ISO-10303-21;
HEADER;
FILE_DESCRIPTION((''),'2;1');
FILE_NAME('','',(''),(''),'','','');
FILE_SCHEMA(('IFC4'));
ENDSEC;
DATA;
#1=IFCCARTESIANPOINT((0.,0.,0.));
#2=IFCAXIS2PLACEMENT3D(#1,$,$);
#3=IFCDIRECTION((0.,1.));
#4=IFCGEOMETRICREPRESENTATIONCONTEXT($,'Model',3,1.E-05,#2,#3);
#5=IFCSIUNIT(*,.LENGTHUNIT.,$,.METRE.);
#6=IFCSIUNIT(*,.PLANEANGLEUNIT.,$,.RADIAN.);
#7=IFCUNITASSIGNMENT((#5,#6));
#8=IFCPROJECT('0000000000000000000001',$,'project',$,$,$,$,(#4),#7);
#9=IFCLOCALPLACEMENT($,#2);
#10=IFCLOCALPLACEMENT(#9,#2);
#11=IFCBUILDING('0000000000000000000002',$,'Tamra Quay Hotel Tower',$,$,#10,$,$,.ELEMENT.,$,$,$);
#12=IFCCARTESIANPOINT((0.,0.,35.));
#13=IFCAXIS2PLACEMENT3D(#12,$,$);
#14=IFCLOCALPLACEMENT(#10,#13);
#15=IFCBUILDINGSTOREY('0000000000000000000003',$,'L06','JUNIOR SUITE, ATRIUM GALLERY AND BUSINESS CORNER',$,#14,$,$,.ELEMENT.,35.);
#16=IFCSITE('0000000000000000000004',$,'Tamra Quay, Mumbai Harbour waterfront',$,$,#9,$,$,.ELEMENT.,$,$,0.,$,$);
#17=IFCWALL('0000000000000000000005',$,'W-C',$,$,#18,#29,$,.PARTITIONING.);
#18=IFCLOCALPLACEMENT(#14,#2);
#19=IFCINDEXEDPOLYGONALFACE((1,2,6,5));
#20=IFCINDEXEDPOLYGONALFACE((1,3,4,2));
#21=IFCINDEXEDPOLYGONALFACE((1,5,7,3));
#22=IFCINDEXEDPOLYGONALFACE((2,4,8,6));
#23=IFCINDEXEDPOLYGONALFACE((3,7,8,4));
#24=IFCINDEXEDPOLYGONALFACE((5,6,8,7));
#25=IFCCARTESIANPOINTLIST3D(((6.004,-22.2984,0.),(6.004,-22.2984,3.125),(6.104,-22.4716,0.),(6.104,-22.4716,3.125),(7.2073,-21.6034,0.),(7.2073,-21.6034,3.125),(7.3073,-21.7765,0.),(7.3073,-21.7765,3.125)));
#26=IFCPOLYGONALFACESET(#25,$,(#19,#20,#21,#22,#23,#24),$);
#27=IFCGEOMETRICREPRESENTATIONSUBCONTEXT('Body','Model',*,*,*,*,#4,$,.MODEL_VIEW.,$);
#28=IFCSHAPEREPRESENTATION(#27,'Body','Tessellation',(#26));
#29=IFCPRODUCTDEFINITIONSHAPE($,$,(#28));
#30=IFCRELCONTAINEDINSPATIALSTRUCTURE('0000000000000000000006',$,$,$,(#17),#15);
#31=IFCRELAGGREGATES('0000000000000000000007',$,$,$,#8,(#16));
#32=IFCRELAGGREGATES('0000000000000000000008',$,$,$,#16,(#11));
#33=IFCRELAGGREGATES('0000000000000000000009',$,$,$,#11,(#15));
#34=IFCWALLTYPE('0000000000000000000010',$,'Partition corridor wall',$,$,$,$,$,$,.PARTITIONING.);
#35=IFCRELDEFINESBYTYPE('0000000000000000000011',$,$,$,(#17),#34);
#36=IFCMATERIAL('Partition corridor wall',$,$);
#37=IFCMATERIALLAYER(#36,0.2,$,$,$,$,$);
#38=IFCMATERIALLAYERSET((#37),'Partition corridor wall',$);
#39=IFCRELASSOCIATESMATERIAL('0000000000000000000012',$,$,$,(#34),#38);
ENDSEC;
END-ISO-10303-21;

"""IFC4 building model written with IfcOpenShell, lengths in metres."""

from ifc_helpers import new_model, si_unit, direction, frame, frame_2d, origin, place, context, subcontext, project, spatial, rectangle, extrude, material, layer, layer_set, type_object, element, save


model = new_model("IFC4")

# Units and contexts
model_context = context("Model", 3, precision=1e-05, world=origin(), true_north=direction((0.0, 1.0)))
body_context = subcontext(model_context, "Body", "Model", "MODEL_VIEW")
ifc_project = project(units=[si_unit("LENGTHUNIT", "METRE"), si_unit("PLANEANGLEUNIT", "RADIAN")], contexts=[model_context])

# Site, building, storey
site_placement = place(None, origin())
site = spatial("IfcSite", under=ifc_project, at=site_placement, Name="Tamra Quay, Mumbai Harbour waterfront", CompositionType="ELEMENT", RefElevation=0.0)
building_placement = place(site_placement, origin())
building = spatial("IfcBuilding", under=site, at=building_placement, Name="Tamra Quay Hotel Tower", CompositionType="ELEMENT")
storey_placement = place(building_placement, frame((0.0, 0.0, 35.0)))
storey = spatial("IfcBuildingStorey", under=building, at=storey_placement, Name="L06", Description="JUNIOR SUITE, ATRIUM GALLERY AND BUSINESS CORNER", CompositionType="ELEMENT", Elevation=35.0)

# Shared definitions
ifc_material_1 = material(Name="Partition corridor wall")
ifc_layer_1 = layer(ifc_material_1, 0.2)
ifc_layer_set_1 = layer_set([ifc_layer_1], Name="Partition corridor wall")
wall_type_1 = type_object("IfcWallType", Name="Partition corridor wall", PredefinedType="PARTITIONING", material=ifc_layer_set_1)

# Wall
wall_1_placement = place(storey_placement, frame((6.054, -22.385, 0.0), z_axis=(0.0, 0.0, 1.0), x_axis=(0.865931, 0.500163, 0.0)))
element("IfcWall", 1, at=wall_1_placement, inside=storey, type_object=wall_type_1, Name="W-C", PredefinedType="PARTITIONING", context=body_context, shape_type="SweptSolid", body=[
    extrude(rectangle(XDim=1.3896, YDim=0.2, at=frame_2d((0.6948, 0.0))), origin(), (0.0, 0.0, 1.0), 3.125),
])

save(model, "model.ifc")
